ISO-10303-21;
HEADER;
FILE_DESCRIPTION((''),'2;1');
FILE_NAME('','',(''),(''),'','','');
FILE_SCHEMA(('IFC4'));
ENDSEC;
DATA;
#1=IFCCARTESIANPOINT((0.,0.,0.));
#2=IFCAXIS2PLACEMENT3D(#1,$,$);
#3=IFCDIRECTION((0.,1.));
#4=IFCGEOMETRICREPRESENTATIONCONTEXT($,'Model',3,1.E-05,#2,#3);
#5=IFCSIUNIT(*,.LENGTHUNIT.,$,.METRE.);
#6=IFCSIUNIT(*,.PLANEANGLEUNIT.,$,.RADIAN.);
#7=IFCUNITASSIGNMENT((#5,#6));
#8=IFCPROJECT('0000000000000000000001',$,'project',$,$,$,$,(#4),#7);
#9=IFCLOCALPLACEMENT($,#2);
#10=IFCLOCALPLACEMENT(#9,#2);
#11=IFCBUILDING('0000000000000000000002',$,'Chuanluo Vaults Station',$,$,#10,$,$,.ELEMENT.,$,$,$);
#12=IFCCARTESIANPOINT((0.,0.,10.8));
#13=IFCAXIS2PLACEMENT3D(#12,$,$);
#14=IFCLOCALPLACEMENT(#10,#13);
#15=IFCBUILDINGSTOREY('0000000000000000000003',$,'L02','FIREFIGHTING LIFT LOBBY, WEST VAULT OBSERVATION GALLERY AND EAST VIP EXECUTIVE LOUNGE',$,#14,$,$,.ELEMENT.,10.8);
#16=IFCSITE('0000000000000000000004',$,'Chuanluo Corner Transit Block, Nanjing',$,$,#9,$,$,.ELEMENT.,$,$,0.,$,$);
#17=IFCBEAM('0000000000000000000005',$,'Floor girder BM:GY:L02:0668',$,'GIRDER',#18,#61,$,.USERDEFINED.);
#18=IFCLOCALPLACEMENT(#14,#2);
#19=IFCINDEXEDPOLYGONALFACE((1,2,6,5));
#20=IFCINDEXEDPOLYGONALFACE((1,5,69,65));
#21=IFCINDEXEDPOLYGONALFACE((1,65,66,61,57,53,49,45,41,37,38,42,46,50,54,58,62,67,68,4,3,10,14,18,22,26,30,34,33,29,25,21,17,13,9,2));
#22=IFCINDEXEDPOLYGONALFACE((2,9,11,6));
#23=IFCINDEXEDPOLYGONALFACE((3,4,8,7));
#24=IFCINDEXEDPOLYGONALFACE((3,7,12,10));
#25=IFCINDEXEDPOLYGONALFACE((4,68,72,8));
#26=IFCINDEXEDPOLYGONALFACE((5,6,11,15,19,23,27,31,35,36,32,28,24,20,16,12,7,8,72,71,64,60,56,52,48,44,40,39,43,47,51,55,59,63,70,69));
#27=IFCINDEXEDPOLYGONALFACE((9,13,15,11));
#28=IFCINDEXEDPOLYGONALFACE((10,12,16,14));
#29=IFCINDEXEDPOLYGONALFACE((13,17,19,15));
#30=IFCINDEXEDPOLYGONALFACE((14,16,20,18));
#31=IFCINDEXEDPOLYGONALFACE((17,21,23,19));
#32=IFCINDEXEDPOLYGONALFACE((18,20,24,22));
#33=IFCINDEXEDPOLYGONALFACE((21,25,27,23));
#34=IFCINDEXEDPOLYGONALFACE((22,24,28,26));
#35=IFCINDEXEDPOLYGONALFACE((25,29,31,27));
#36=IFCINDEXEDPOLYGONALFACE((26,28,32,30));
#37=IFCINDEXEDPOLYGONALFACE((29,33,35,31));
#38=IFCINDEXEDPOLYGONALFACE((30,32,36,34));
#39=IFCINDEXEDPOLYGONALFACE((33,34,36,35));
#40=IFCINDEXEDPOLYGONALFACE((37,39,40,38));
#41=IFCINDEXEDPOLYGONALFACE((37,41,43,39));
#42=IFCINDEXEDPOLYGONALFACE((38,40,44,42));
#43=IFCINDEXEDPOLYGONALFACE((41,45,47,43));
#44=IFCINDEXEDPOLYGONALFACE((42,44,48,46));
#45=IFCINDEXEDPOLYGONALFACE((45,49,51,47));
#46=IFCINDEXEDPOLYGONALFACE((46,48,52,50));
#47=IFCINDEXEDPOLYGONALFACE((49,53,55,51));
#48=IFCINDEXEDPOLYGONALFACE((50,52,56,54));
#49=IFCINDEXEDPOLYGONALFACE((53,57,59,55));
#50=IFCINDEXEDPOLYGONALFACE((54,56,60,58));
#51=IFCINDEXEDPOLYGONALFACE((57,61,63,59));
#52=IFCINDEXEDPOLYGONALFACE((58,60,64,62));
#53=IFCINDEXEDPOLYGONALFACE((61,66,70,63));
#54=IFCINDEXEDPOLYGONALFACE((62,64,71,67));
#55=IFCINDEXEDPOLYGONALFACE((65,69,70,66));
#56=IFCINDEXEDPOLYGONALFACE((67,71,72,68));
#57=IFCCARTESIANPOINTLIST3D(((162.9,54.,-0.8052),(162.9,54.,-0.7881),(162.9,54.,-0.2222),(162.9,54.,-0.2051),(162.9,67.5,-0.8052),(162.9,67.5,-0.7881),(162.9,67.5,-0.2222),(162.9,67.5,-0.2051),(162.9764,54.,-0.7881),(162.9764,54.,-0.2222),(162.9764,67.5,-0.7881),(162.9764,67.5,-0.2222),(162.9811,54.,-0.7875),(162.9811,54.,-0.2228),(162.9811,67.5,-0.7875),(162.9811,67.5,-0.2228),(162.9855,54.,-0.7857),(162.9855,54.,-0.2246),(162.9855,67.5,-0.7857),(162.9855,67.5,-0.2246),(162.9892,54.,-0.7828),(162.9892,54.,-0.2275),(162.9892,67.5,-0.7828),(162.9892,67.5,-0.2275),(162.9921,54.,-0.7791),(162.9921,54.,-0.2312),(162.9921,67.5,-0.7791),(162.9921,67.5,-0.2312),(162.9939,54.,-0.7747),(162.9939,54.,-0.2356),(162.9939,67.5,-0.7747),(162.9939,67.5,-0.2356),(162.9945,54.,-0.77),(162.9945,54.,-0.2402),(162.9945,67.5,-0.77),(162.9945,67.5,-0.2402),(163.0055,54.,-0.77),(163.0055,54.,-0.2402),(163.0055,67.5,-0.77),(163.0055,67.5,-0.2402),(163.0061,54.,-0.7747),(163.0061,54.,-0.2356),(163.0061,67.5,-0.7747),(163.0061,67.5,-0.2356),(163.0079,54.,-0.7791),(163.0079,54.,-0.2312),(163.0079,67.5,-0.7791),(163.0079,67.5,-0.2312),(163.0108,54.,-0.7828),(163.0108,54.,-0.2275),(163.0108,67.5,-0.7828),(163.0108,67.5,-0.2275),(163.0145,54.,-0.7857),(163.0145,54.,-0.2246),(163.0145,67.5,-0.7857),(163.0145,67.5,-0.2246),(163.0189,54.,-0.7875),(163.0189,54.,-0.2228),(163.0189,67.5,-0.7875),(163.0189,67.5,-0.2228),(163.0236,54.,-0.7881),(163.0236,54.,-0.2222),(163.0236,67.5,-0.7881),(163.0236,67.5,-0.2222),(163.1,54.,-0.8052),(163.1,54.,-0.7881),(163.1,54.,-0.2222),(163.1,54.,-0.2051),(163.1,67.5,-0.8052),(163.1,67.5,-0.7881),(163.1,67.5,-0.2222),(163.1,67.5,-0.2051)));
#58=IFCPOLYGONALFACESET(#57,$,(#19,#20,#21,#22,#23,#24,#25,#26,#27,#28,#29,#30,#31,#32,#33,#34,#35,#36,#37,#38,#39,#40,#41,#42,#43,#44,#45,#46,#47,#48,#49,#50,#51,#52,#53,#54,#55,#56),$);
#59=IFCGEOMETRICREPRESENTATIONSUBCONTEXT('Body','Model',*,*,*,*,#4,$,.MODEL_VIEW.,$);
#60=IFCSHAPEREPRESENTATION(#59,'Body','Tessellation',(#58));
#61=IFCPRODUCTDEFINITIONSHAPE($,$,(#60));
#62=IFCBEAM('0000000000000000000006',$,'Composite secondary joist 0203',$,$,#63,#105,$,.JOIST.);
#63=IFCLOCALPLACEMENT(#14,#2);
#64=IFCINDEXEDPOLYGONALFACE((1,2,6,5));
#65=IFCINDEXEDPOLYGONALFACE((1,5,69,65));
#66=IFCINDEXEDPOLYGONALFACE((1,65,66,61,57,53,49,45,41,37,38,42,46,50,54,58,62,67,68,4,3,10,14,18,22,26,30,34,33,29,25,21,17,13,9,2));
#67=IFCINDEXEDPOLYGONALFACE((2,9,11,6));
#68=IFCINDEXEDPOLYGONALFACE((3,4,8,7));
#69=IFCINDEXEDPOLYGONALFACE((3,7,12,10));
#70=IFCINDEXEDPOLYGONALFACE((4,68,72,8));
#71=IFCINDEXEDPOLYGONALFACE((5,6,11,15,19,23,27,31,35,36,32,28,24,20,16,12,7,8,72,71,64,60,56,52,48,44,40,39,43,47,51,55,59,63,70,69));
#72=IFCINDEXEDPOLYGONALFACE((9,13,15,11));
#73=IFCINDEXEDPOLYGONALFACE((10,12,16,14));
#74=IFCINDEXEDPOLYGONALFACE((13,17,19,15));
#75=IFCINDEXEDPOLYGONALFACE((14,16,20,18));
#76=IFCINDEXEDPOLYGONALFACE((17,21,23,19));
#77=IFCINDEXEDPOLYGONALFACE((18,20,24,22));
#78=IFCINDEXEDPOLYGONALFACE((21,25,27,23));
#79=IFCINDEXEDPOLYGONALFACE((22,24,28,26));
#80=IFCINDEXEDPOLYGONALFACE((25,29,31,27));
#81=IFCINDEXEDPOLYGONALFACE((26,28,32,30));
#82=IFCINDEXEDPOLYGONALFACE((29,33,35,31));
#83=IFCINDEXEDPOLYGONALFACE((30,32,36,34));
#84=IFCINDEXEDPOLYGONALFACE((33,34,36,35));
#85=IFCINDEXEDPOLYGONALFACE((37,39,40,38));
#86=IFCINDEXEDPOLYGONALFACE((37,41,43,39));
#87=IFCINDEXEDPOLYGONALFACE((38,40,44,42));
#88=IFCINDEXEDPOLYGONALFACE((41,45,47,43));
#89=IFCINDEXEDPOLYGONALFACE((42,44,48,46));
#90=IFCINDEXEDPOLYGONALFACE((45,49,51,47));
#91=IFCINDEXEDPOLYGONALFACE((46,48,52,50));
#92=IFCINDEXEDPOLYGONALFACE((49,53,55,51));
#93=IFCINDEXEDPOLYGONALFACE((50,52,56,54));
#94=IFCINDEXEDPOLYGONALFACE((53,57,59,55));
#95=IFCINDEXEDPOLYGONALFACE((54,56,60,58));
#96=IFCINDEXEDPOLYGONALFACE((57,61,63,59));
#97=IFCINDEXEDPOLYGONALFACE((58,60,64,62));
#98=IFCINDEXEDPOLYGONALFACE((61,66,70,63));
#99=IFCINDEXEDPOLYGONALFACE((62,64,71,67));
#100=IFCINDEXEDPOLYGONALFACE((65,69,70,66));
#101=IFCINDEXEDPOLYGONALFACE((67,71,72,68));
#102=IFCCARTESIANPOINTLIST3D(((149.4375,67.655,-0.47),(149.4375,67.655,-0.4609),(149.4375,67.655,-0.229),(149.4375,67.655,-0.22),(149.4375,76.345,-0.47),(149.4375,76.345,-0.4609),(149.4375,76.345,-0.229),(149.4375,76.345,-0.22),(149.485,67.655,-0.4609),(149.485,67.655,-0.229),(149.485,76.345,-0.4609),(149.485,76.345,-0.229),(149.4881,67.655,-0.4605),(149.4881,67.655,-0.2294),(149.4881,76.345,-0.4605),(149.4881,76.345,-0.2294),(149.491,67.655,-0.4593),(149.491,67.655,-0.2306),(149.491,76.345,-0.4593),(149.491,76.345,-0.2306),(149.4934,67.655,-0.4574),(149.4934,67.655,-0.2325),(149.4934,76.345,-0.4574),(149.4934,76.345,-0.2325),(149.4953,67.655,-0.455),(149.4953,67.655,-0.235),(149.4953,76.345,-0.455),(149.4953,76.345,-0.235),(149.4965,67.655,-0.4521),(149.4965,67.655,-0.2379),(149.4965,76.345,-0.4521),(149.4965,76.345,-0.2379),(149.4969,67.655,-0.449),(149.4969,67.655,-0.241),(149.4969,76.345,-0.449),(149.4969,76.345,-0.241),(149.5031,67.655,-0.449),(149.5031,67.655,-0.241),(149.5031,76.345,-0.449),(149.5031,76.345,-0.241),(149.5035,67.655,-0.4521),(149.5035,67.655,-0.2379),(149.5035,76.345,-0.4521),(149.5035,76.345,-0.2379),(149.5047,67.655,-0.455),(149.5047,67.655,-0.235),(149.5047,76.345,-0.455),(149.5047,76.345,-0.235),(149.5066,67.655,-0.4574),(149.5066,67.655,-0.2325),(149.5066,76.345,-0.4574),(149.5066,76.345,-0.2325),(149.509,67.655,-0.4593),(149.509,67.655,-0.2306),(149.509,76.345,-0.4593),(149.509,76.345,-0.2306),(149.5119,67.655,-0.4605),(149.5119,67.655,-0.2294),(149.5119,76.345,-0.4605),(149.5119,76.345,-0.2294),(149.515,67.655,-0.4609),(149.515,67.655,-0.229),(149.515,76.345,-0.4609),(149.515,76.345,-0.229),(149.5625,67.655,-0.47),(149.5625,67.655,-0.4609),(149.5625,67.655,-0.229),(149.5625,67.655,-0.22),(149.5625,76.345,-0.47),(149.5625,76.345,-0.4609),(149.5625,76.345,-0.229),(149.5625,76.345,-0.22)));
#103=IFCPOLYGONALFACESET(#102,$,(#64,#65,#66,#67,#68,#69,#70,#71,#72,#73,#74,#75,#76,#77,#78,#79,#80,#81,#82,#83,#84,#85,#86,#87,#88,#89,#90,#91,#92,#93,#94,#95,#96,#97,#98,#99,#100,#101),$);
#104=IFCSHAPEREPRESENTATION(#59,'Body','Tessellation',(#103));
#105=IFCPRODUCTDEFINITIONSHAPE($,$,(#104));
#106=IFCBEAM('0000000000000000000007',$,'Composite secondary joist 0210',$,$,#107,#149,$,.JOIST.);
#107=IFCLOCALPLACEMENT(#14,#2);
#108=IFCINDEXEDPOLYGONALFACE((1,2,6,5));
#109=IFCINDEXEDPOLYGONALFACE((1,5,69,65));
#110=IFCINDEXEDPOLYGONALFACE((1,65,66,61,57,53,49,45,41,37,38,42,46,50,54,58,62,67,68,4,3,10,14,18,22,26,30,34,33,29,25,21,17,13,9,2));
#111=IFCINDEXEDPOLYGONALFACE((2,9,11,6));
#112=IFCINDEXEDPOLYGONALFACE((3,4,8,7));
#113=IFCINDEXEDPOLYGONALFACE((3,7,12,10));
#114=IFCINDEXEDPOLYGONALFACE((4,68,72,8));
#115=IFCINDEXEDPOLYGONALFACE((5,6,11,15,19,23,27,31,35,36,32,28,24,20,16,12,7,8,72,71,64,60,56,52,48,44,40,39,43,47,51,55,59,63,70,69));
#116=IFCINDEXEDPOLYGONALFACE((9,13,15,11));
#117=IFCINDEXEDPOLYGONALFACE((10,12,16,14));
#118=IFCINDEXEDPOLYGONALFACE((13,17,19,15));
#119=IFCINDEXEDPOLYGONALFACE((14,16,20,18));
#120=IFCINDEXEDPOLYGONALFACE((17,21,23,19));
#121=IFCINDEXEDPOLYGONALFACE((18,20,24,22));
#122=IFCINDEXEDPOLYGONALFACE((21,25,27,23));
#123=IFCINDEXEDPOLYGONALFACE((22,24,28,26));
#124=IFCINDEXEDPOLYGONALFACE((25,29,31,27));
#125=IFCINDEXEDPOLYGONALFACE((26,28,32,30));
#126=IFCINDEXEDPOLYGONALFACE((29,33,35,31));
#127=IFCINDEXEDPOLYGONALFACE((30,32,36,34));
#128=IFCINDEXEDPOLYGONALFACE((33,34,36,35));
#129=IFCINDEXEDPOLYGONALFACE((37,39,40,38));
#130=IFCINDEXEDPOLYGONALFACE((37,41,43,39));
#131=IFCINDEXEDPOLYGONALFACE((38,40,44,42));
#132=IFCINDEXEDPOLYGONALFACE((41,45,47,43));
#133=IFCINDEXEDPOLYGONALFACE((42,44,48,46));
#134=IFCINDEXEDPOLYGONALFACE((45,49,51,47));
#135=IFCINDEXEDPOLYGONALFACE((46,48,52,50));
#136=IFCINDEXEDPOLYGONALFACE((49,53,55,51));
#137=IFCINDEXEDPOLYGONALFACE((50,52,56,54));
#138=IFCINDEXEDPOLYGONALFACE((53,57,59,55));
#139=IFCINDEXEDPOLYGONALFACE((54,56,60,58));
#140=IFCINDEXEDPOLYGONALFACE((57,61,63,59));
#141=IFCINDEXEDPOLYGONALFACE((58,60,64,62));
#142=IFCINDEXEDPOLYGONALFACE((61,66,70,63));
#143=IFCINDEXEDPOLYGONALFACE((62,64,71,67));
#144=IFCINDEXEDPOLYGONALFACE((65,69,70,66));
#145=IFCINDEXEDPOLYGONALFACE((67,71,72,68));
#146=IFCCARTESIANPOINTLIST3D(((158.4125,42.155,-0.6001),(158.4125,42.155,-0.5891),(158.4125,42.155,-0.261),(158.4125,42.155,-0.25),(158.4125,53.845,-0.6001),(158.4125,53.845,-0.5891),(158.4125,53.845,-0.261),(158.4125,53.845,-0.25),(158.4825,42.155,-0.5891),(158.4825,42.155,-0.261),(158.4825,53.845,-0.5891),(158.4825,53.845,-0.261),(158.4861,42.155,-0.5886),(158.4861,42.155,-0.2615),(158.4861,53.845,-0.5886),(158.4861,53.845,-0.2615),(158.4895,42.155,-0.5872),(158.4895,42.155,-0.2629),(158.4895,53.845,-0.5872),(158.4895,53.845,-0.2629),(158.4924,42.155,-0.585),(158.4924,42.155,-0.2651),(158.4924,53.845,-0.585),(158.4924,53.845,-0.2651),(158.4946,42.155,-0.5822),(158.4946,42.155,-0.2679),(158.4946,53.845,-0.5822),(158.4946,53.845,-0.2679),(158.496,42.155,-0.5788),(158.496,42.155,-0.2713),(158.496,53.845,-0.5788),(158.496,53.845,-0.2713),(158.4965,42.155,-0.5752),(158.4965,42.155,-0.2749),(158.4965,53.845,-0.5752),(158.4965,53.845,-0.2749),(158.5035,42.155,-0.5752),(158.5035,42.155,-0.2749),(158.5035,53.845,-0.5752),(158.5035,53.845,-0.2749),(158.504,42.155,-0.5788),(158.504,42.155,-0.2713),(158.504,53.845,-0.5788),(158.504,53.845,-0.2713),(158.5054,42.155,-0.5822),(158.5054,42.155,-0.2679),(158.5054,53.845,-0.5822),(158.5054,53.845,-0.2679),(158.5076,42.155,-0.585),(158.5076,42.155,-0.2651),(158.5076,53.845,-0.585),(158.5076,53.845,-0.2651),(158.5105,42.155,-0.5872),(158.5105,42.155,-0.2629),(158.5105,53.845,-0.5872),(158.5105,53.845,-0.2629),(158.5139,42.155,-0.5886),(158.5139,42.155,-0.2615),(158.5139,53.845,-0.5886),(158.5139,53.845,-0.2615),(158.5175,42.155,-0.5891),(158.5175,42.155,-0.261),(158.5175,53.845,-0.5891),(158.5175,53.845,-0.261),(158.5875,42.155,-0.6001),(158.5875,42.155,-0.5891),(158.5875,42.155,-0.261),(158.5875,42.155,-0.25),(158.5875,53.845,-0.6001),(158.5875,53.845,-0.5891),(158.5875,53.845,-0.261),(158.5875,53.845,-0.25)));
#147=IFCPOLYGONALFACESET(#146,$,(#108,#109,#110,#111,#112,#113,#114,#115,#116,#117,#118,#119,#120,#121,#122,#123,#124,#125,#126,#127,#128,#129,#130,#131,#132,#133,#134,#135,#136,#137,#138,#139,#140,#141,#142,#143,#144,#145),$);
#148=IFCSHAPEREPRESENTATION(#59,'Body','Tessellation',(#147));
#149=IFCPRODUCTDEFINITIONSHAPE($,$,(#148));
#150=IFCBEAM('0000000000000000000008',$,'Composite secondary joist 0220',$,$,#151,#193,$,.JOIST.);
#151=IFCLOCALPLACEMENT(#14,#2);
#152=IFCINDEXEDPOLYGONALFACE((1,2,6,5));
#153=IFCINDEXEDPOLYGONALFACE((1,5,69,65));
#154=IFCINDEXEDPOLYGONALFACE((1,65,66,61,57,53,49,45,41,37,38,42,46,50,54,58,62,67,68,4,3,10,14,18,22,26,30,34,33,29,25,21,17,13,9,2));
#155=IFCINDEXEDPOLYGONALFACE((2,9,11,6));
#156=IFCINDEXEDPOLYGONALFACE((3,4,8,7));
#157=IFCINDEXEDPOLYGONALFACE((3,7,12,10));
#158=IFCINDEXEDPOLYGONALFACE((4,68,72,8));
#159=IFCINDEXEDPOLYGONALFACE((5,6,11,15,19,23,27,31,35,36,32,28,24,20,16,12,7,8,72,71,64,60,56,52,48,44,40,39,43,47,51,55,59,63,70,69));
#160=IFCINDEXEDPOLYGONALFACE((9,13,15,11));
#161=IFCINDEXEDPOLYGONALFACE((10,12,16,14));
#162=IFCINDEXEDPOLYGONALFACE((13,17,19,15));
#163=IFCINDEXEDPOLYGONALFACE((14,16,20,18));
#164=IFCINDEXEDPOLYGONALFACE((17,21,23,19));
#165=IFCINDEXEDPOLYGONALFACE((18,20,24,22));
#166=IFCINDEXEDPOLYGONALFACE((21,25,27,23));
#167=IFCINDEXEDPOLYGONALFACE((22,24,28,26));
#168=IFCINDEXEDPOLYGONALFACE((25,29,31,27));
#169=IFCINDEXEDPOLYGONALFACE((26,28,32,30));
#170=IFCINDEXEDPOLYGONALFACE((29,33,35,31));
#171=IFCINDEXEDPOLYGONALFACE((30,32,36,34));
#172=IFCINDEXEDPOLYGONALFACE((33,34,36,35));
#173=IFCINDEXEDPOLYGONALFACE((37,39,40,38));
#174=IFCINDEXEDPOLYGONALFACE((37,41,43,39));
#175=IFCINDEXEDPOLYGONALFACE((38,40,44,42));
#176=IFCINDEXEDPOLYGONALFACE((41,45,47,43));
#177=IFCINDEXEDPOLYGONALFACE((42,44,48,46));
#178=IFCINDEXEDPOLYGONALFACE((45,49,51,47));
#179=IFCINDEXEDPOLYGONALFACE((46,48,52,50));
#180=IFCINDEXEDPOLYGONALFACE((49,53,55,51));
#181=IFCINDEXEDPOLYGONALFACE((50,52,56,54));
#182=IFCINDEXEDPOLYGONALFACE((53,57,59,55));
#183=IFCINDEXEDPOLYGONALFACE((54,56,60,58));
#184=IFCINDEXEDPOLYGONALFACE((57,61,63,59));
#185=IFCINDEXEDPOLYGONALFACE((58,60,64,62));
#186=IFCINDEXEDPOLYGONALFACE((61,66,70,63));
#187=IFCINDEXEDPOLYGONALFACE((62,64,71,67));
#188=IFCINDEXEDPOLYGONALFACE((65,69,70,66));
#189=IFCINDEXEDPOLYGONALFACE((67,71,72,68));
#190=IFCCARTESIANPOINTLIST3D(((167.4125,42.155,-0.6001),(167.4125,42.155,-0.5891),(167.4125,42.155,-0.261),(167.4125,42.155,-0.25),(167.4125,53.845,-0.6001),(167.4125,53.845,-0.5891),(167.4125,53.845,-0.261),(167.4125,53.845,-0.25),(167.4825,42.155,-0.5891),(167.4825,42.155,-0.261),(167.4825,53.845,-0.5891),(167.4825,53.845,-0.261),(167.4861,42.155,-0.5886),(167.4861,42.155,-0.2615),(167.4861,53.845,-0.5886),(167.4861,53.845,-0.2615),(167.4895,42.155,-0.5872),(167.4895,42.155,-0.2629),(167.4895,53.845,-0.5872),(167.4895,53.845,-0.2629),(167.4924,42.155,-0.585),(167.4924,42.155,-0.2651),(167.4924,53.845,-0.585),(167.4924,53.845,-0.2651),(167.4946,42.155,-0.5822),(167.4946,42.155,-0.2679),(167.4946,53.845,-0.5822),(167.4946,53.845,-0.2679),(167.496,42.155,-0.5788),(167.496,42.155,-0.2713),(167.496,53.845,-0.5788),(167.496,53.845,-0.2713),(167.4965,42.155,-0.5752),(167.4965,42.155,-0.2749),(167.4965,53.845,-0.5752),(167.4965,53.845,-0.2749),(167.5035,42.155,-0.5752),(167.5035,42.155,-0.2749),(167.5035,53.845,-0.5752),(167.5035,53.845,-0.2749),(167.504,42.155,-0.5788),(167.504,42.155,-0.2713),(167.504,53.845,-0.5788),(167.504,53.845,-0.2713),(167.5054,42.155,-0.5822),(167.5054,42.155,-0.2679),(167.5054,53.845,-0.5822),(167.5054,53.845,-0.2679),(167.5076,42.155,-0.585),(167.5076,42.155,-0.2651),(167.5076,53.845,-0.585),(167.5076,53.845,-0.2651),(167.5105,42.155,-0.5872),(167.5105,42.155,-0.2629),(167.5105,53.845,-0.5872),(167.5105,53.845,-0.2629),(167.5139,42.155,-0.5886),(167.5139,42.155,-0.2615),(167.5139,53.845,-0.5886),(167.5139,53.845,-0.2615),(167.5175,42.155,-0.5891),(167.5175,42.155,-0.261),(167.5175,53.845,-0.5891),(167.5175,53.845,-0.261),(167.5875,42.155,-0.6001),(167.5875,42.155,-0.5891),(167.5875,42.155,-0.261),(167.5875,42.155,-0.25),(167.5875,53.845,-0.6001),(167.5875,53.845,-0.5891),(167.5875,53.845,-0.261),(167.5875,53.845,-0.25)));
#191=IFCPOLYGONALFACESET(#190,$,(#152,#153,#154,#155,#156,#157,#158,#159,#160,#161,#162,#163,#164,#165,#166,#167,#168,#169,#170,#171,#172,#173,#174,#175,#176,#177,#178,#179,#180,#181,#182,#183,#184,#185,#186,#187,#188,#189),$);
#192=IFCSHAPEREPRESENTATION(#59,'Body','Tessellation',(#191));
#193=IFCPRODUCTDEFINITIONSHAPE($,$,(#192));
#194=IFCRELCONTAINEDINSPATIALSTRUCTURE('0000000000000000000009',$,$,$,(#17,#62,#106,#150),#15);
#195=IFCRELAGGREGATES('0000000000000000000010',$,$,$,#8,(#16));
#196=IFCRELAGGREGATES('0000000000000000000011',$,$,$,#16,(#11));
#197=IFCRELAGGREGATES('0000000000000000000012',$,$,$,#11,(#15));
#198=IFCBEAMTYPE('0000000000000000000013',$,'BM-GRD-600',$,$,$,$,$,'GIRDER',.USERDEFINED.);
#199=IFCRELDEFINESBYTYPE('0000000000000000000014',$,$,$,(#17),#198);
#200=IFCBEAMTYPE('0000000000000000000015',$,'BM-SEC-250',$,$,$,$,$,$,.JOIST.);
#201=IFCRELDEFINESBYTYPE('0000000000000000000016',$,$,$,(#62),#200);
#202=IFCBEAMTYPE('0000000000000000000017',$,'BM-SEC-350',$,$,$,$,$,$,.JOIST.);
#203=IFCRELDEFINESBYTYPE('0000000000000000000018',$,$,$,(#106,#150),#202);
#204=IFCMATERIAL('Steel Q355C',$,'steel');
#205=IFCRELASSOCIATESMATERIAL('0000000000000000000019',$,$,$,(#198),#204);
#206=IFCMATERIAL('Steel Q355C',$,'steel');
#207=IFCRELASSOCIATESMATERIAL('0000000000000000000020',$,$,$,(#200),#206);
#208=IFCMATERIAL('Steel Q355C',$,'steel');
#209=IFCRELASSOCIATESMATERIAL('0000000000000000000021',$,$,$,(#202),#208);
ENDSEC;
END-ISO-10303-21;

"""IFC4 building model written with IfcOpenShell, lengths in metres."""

from ifc_helpers import new_model, si_unit, direction, frame, origin, origin_2d, place, context, subcontext, project, spatial, i_section, extrude, material, material_profile, profile_set, type_object, element, save


model = new_model("IFC4")

# Units and contexts
model_context = context("Model", 3, precision=1e-05, world=origin(), true_north=direction((0.0, 1.0)))
body_context = subcontext(model_context, "Body", "Model", "MODEL_VIEW")
ifc_project = project(units=[si_unit("LENGTHUNIT", "METRE"), si_unit("PLANEANGLEUNIT", "RADIAN")], contexts=[model_context])

# Site, building, storey
site_placement = place(None, origin())
site = spatial("IfcSite", under=ifc_project, at=site_placement, Name="Chuanluo Corner Transit Block, Nanjing", CompositionType="ELEMENT", RefElevation=0.0)
building_placement = place(site_placement, origin())
building = spatial("IfcBuilding", under=site, at=building_placement, Name="Chuanluo Vaults Station", CompositionType="ELEMENT")
storey_placement = place(building_placement, frame((0.0, 0.0, 10.8)))
storey = spatial("IfcBuildingStorey", under=building, at=storey_placement, Name="L02", Description="FIREFIGHTING LIFT LOBBY, WEST VAULT OBSERVATION GALLERY AND EAST VIP EXECUTIVE LOUNGE", CompositionType="ELEMENT", Elevation=10.8)

# Beams
ifc_material_1 = material(Name="Steel Q355C", Category="steel")
ifc_material_profile_1 = material_profile(ifc_material_1, i_section(OverallWidth=0.2, OverallDepth=0.6001, WebThickness=0.011, FlangeThickness=0.0171, FilletRadius=0.0181, at=origin_2d()))
ifc_profile_set_1 = profile_set([ifc_material_profile_1], Name="Steel Q355C")
beam_type_1 = type_object("IfcBeamType", Name="BM-GRD-600", ElementType="GIRDER", PredefinedType="USERDEFINED", material=ifc_profile_set_1)
for number, where, z_axis, x_axis, name in (
    (1, (163.0, 54.0, -0.5051), (0.0, 1.0, 0.0), (-1.0, 0.0, 0.0), "Floor girder BM:GY:L02:0668"),
):
    element("IfcBeam", number, at=place(storey_placement, frame(where, z_axis=z_axis, x_axis=x_axis)), inside=storey, type_object=beam_type_1, Name=name, ObjectType="GIRDER", PredefinedType="USERDEFINED", context=body_context, shape_type="SweptSolid", body=[
        extrude(i_section(OverallWidth=0.2, OverallDepth=0.6001, WebThickness=0.011, FlangeThickness=0.0171, FilletRadius=0.0181, at=origin_2d()), origin(), (0.0, 0.0, 1.0), 13.5),
    ])
ifc_material_2 = material(Name="Steel Q355C", Category="steel")
ifc_material_profile_2 = material_profile(ifc_material_2, i_section(OverallWidth=0.125, OverallDepth=0.25, WebThickness=0.0061, FlangeThickness=0.009, FilletRadius=0.012, at=origin_2d()))
ifc_profile_set_2 = profile_set([ifc_material_profile_2], Name="Steel Q355C")
beam_type_2 = type_object("IfcBeamType", Name="BM-SEC-250", PredefinedType="JOIST", material=ifc_profile_set_2)
beam_placement = place(storey_placement, frame((149.5, 67.655, -0.345), z_axis=(0.0, 1.0, 0.0), x_axis=(-1.0, 0.0, 0.0)))
element("IfcBeam", 2, at=beam_placement, inside=storey, type_object=beam_type_2, Name="Composite secondary joist 0203", PredefinedType="JOIST", context=body_context, shape_type="SweptSolid", body=[
    extrude(i_section(OverallWidth=0.125, OverallDepth=0.25, WebThickness=0.0061, FlangeThickness=0.009, FilletRadius=0.012, at=origin_2d()), origin(), (0.0, 0.0, 1.0), 8.6899),
])
ifc_material_3 = material(Name="Steel Q355C", Category="steel")
ifc_material_profile_3 = material_profile(ifc_material_3, i_section(OverallWidth=0.175, OverallDepth=0.3501, WebThickness=0.0071, FlangeThickness=0.011, FilletRadius=0.0139, at=origin_2d()))
ifc_profile_set_3 = profile_set([ifc_material_profile_3], Name="Steel Q355C")
beam_type_3 = type_object("IfcBeamType", Name="BM-SEC-350", PredefinedType="JOIST", material=ifc_profile_set_3)
for number, where, z_axis, x_axis, name in (
    (3, (158.5, 42.155, -0.425), (0.0, 1.0, 0.0), (-1.0, 0.0, 0.0), "Composite secondary joist 0210"),
    (4, (167.5, 42.155, -0.425), (0.0, 1.0, 0.0), (-1.0, 0.0, 0.0), "Composite secondary joist 0220"),
):
    element("IfcBeam", number, at=place(storey_placement, frame(where, z_axis=z_axis, x_axis=x_axis)), inside=storey, type_object=beam_type_3, Name=name, PredefinedType="JOIST", context=body_context, shape_type="SweptSolid", body=[
        extrude(i_section(OverallWidth=0.175, OverallDepth=0.3501, WebThickness=0.0071, FlangeThickness=0.011, FilletRadius=0.0139, at=origin_2d()), origin(), (0.0, 0.0, 1.0), 11.6899),
    ])

save(model, "model.ifc")
